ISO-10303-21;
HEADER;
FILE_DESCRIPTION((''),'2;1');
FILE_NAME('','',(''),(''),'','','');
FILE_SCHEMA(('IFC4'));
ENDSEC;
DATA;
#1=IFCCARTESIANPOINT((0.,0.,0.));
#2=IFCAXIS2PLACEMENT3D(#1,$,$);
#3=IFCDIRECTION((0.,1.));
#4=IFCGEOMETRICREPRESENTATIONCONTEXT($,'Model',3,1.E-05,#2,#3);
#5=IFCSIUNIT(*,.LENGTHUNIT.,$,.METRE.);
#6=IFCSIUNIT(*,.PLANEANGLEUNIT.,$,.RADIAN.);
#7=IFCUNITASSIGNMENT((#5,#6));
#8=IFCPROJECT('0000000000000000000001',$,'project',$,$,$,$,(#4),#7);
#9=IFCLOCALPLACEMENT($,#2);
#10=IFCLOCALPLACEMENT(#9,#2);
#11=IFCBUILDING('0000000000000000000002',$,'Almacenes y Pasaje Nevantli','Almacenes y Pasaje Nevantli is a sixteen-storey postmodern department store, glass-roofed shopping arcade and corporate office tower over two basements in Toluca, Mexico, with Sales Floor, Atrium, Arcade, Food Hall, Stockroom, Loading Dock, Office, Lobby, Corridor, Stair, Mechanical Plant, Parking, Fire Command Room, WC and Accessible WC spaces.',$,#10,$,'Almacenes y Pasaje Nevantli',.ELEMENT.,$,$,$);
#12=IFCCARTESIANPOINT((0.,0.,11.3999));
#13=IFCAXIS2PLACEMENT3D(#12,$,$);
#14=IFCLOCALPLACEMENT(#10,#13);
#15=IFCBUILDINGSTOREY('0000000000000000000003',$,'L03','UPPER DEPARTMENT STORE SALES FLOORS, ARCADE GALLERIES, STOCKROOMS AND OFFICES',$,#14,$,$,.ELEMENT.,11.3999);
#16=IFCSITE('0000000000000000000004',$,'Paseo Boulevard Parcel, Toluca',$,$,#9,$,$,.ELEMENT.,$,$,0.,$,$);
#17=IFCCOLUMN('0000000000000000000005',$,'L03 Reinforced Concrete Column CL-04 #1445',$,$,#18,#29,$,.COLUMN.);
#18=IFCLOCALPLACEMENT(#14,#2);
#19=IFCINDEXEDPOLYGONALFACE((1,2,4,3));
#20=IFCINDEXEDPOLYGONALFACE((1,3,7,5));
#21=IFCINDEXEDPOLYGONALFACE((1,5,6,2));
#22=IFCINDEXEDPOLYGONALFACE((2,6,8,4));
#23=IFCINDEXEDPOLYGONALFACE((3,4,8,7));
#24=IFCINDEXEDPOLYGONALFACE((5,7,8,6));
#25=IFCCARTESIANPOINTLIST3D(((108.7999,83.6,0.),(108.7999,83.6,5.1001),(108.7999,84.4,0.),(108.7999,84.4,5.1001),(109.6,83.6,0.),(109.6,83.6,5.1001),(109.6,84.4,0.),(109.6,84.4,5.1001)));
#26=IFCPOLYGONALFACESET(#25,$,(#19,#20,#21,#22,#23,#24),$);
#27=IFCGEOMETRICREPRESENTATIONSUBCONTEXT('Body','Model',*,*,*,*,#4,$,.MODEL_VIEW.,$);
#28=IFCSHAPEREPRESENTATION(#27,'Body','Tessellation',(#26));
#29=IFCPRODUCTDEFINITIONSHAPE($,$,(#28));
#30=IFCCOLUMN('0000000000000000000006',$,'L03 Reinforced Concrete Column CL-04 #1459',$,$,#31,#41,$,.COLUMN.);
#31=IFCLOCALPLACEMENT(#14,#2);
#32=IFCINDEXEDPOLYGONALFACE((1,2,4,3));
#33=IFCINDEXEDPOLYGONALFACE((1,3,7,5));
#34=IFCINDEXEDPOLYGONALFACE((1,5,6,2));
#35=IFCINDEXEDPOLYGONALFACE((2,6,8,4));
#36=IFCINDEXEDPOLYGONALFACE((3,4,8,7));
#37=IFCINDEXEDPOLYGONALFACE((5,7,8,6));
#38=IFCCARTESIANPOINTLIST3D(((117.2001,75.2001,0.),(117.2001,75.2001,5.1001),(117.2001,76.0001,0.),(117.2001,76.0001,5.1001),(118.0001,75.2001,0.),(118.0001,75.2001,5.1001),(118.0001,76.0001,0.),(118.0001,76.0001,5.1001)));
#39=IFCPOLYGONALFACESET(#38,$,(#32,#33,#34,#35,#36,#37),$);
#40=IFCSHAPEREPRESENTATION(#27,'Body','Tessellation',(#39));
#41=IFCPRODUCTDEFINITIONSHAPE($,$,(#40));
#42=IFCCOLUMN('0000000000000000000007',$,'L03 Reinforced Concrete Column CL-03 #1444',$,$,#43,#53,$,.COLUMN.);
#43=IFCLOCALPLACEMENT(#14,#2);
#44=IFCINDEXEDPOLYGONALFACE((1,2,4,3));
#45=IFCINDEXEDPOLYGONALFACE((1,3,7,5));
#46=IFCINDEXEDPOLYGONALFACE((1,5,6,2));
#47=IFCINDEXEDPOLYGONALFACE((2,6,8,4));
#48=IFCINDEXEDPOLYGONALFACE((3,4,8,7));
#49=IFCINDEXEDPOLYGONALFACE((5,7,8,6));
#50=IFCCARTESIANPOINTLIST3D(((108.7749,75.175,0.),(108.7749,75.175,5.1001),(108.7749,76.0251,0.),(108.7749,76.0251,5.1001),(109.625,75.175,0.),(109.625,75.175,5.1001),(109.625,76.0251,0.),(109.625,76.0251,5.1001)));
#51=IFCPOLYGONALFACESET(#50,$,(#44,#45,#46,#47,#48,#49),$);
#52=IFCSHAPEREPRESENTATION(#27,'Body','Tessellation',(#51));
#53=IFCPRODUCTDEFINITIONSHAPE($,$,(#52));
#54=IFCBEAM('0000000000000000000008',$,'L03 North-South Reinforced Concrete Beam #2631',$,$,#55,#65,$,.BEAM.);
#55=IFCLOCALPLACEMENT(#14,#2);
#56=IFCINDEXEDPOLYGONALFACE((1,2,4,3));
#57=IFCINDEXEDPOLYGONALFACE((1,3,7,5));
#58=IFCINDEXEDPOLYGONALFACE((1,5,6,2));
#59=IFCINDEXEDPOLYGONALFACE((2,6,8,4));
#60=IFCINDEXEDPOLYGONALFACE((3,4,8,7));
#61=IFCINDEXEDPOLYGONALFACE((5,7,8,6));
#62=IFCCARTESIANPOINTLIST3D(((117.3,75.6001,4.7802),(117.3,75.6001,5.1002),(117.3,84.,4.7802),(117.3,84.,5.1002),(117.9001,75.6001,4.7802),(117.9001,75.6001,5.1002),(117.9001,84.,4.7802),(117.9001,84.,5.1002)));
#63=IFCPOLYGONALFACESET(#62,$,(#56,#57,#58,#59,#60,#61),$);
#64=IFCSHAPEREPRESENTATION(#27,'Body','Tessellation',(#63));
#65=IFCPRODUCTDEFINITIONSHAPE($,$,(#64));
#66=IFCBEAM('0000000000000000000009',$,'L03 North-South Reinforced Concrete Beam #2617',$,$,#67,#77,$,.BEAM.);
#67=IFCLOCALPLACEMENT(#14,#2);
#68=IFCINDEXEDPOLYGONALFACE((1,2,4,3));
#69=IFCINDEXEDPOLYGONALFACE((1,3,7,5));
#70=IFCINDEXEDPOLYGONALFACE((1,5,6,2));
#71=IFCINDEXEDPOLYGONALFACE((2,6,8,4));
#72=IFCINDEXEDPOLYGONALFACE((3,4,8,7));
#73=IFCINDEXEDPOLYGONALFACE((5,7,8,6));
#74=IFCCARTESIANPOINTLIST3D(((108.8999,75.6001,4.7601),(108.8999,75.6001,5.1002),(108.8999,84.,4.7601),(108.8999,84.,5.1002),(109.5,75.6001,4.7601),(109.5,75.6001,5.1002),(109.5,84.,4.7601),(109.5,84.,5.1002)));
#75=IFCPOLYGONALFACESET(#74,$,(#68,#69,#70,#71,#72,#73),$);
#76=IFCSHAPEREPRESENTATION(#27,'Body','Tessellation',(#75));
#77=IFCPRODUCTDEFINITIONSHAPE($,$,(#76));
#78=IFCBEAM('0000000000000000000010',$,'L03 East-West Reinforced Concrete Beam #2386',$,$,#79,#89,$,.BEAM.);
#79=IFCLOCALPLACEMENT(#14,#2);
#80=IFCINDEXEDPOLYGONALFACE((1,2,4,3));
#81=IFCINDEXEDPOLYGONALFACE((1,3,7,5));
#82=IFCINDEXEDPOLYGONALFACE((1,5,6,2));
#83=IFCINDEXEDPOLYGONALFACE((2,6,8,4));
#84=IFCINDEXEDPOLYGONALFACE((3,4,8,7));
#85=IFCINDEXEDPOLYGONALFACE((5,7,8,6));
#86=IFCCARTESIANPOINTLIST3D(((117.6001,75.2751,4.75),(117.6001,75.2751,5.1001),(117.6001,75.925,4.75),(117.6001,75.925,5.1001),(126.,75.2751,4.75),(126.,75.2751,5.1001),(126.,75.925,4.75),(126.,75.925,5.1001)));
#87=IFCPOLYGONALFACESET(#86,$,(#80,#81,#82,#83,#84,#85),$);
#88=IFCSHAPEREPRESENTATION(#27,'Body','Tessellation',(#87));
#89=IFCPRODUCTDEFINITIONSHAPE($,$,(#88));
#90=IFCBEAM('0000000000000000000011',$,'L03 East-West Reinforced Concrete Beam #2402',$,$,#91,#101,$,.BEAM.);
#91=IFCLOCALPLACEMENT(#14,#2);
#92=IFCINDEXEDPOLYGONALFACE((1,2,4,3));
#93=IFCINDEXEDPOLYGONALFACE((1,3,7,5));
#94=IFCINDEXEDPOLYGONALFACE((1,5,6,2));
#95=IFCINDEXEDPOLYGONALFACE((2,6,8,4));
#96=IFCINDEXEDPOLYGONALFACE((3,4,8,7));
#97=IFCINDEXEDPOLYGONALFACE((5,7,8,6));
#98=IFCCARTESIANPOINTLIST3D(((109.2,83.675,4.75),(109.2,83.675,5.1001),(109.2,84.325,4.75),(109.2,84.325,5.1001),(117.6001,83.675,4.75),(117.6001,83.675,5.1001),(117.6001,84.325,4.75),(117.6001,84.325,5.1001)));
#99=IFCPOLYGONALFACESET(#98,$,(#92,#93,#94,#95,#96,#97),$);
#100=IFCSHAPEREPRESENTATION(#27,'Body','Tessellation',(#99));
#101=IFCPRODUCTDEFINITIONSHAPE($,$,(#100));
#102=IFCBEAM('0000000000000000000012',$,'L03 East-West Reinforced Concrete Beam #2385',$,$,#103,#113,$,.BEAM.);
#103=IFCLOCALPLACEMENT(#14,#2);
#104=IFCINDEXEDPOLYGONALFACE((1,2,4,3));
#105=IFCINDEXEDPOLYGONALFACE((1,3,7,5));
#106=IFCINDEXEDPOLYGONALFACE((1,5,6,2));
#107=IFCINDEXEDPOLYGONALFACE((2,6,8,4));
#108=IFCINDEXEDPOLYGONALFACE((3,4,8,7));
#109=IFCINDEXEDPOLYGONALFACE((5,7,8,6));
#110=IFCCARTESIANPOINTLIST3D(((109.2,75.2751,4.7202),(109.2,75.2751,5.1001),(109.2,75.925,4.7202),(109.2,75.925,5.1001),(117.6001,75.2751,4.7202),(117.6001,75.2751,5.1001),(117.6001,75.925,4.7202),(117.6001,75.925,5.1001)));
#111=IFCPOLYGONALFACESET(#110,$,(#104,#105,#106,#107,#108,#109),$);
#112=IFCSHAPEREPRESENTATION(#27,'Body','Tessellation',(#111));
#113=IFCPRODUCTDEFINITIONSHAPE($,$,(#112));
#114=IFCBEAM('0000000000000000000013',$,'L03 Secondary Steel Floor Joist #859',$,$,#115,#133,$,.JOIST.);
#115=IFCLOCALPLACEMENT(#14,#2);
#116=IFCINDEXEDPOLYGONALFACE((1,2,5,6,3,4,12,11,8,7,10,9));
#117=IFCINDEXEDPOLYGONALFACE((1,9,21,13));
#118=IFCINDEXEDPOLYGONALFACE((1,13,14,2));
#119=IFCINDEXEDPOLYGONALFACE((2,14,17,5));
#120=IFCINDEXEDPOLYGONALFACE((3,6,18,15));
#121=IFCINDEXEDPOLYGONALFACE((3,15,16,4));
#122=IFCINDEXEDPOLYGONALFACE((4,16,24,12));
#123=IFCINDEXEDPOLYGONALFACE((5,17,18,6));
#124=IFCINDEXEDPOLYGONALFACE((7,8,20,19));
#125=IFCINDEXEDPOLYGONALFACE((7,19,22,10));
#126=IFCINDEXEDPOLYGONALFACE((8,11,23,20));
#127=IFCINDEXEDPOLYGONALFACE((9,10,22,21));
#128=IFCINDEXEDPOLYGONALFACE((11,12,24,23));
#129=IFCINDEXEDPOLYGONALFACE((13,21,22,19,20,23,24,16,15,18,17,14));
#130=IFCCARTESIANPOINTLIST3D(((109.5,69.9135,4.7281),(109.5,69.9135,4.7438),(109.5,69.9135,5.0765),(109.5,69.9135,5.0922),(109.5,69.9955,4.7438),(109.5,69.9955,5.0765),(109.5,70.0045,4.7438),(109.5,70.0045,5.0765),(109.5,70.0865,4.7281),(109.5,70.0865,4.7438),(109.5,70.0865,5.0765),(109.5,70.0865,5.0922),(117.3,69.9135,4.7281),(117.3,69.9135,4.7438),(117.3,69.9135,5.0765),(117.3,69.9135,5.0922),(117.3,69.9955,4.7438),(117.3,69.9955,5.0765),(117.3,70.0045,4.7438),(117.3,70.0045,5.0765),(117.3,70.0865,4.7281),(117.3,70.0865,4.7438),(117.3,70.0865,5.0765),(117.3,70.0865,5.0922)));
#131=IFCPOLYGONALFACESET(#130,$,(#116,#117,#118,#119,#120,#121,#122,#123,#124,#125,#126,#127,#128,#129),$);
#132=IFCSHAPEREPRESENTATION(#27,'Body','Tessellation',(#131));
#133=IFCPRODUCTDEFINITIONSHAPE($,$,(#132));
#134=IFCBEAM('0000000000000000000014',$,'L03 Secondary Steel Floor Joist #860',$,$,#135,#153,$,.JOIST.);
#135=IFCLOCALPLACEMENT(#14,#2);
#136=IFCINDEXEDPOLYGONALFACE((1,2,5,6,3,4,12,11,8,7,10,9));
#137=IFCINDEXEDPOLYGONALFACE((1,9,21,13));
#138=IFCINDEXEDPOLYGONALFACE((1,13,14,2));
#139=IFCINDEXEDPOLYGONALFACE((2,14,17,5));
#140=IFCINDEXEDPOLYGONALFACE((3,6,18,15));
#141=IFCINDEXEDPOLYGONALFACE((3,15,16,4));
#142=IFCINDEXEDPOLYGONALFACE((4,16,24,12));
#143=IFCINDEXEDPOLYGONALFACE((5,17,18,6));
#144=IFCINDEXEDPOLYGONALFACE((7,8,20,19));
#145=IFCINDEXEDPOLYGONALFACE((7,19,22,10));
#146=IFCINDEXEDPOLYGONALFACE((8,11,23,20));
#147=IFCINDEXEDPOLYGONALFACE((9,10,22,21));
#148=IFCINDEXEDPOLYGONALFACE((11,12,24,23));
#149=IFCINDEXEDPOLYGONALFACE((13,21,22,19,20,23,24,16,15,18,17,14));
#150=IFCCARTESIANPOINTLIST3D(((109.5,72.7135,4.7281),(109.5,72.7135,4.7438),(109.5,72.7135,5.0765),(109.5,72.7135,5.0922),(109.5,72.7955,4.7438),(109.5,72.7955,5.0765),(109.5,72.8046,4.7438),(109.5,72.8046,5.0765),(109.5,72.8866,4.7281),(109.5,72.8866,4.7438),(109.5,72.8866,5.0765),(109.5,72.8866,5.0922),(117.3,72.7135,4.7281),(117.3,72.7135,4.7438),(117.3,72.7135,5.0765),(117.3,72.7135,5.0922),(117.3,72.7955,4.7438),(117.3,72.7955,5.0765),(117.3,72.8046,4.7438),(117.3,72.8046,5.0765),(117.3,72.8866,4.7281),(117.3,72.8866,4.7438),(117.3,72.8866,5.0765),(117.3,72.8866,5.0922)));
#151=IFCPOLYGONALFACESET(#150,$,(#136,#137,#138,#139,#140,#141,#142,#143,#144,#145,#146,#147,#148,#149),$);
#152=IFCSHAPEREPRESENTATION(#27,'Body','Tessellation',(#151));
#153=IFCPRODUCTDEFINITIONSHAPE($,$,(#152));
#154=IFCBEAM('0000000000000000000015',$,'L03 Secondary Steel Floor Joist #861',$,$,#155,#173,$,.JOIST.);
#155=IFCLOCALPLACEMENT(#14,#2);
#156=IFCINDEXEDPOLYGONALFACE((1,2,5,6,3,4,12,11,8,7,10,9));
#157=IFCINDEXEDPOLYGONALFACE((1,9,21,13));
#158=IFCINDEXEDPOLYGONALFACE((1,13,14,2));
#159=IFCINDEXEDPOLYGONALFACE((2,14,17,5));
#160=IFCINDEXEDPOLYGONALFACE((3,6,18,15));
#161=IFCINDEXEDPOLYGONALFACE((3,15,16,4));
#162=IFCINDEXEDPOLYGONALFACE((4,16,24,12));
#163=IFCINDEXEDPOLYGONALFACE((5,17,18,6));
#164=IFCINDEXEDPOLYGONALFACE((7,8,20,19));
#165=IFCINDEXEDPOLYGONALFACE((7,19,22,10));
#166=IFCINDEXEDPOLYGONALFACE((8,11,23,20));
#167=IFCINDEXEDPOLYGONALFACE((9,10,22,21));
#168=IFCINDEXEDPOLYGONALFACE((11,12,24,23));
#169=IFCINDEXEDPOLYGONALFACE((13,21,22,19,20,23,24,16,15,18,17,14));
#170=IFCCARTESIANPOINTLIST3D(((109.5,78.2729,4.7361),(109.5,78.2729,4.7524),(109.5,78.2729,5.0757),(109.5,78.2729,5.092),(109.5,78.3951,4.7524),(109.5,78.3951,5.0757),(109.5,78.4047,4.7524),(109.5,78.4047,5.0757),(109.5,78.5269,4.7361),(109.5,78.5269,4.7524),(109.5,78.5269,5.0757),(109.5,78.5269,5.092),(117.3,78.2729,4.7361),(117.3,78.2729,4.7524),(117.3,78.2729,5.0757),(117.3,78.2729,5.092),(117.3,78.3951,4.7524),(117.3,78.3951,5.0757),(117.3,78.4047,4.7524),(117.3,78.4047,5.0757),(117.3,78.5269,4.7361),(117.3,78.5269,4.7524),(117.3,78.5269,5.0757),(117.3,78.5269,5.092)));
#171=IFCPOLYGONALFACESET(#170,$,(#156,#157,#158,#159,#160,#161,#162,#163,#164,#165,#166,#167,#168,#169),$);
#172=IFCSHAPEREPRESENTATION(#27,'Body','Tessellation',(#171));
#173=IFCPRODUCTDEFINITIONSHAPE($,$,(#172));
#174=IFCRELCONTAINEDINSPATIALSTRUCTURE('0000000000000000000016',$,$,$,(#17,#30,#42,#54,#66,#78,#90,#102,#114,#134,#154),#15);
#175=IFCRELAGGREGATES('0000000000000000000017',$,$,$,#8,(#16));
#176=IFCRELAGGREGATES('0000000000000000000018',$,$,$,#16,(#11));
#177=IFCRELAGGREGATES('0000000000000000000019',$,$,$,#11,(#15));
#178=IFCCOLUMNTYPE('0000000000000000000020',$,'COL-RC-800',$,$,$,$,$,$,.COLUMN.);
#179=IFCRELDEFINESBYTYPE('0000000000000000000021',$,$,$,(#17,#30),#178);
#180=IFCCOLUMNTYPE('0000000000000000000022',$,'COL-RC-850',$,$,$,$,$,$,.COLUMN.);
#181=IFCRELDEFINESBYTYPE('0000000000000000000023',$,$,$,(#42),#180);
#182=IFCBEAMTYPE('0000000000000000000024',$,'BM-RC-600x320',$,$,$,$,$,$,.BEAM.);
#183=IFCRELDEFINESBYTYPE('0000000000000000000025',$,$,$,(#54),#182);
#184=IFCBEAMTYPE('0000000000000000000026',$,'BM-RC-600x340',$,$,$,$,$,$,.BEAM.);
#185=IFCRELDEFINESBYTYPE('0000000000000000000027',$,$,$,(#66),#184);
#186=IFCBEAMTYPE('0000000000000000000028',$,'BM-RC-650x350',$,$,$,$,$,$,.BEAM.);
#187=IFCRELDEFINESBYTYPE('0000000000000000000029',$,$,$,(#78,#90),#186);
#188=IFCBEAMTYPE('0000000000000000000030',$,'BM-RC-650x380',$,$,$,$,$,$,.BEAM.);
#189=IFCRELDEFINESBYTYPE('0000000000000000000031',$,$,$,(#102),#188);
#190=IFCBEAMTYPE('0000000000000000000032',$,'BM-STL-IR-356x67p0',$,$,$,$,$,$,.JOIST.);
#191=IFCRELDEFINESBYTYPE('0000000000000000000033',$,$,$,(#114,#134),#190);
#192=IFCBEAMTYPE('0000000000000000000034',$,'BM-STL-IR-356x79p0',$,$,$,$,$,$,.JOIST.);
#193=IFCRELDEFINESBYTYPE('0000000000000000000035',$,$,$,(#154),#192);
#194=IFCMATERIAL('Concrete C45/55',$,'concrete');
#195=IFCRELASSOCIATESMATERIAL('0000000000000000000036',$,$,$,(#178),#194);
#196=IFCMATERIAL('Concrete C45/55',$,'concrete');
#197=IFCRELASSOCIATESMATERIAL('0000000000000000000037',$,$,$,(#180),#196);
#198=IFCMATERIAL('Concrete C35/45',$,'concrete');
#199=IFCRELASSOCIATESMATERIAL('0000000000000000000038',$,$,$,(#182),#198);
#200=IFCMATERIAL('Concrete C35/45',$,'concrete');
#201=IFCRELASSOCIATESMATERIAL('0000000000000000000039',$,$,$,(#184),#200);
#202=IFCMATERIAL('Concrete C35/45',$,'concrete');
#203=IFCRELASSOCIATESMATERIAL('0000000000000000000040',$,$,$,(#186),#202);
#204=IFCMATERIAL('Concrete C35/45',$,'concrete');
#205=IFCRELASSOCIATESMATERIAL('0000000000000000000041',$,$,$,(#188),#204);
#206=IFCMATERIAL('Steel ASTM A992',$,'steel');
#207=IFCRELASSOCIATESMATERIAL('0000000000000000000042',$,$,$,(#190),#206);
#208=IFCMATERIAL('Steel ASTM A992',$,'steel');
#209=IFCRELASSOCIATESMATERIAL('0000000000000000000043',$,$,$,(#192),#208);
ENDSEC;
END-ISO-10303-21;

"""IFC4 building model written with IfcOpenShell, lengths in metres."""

from ifc_helpers import new_model, si_unit, direction, frame, origin, origin_2d, place, context, subcontext, project, spatial, rectangle, i_section, extrude, material, material_profile, profile_set, type_object, element, save


model = new_model("IFC4")

# Units and contexts
model_context = context("Model", 3, precision=1e-05, world=origin(), true_north=direction((0.0, 1.0)))
body_context = subcontext(model_context, "Body", "Model", "MODEL_VIEW")
ifc_project = project(units=[si_unit("LENGTHUNIT", "METRE"), si_unit("PLANEANGLEUNIT", "RADIAN")], contexts=[model_context])

# Site, building, storey
site_placement = place(None, origin())
site = spatial("IfcSite", under=ifc_project, at=site_placement, Name="Paseo Boulevard Parcel, Toluca", CompositionType="ELEMENT", RefElevation=0.0)
building_placement = place(site_placement, origin())
building = spatial("IfcBuilding", under=site, at=building_placement, Name="Almacenes y Pasaje Nevantli", Description="Almacenes y Pasaje Nevantli is a sixteen-storey postmodern department store, glass-roofed shopping arcade and corporate office tower over two basements in Toluca, Mexico, with Sales Floor, Atrium, Arcade, Food Hall, Stockroom, Loading Dock, Office, Lobby, Corridor, Stair, Mechanical Plant, Parking, Fire Command Room, WC and Accessible WC spaces.", LongName="Almacenes y Pasaje Nevantli", CompositionType="ELEMENT")
storey_placement = place(building_placement, frame((0.0, 0.0, 11.3999)))
storey = spatial("IfcBuildingStorey", under=building, at=storey_placement, Name="L03", Description="UPPER DEPARTMENT STORE SALES FLOORS, ARCADE GALLERIES, STOCKROOMS AND OFFICES", CompositionType="ELEMENT", Elevation=11.3999)

# Columns
ifc_material_1 = material(Name="Concrete C45/55", Category="concrete")
ifc_material_profile_1 = material_profile(ifc_material_1, rectangle(XDim=0.8, YDim=0.8, at=origin_2d()), Name="RC-COL-800x800")
ifc_profile_set_1 = profile_set([ifc_material_profile_1], Name="Concrete C45/55")
column_type_1 = type_object("IfcColumnType", Name="COL-RC-800", PredefinedType="COLUMN", material=ifc_profile_set_1)
for number, where, z_axis, x_axis, name in (
    (1, (109.2, 84.0, 0.0), (0.0, 0.0, 1.0), (1.0, 0.0, 0.0), "L03 Reinforced Concrete Column CL-04 #1445"),
    (2, (117.6001, 75.6001, 0.0), (0.0, 0.0, 1.0), (1.0, 0.0, 0.0), "L03 Reinforced Concrete Column CL-04 #1459"),
):
    element("IfcColumn", number, at=place(storey_placement, frame(where, z_axis=z_axis, x_axis=x_axis)), inside=storey, type_object=column_type_1, Name=name, PredefinedType="COLUMN", context=body_context, shape_type="SweptSolid", body=[
        extrude(rectangle(XDim=0.8, YDim=0.8, at=origin_2d()), origin(), (0.0, 0.0, 1.0), 5.1001),
    ])
ifc_material_2 = material(Name="Concrete C45/55", Category="concrete")
ifc_material_profile_2 = material_profile(ifc_material_2, rectangle(XDim=0.8501, YDim=0.8501, at=origin_2d()), Name="RC-COL-850x850")
ifc_profile_set_2 = profile_set([ifc_material_profile_2], Name="Concrete C45/55")
column_type_2 = type_object("IfcColumnType", Name="COL-RC-850", PredefinedType="COLUMN", material=ifc_profile_set_2)
column_placement = place(storey_placement, frame((109.2, 75.6001, 0.0), z_axis=(0.0, 0.0, 1.0), x_axis=(1.0, 0.0, 0.0)))
element("IfcColumn", 3, at=column_placement, inside=storey, type_object=column_type_2, Name="L03 Reinforced Concrete Column CL-03 #1444", PredefinedType="COLUMN", context=body_context, shape_type="SweptSolid", body=[
    extrude(rectangle(XDim=0.8501, YDim=0.8501, at=origin_2d()), origin(), (0.0, 0.0, 1.0), 5.1001),
])

# Beams
ifc_material_3 = material(Name="Concrete C35/45", Category="concrete")
ifc_material_profile_3 = material_profile(ifc_material_3, rectangle(XDim=0.6001, YDim=0.3201, at=origin_2d()), Name="RC-BM-600x320")
ifc_profile_set_3 = profile_set([ifc_material_profile_3], Name="Concrete C35/45")
beam_type_1 = type_object("IfcBeamType", Name="BM-RC-600x320", PredefinedType="BEAM", material=ifc_profile_set_3)
beam_1_placement = place(storey_placement, frame((117.6001, 75.6001, 4.9402), z_axis=(0.0, 1.0, 0.0), x_axis=(-1.0, 0.0, 0.0)))
element("IfcBeam", 4, at=beam_1_placement, inside=storey, type_object=beam_type_1, Name="L03 North-South Reinforced Concrete Beam #2631", PredefinedType="BEAM", context=body_context, shape_type="SweptSolid", body=[
    extrude(rectangle(XDim=0.6001, YDim=0.3201, at=origin_2d()), origin(), (0.0, 0.0, 1.0), 8.3999),
])
ifc_material_4 = material(Name="Concrete C35/45", Category="concrete")
ifc_material_profile_4 = material_profile(ifc_material_4, rectangle(XDim=0.6001, YDim=0.3401, at=origin_2d()), Name="RC-BM-600x340")
ifc_profile_set_4 = profile_set([ifc_material_profile_4], Name="Concrete C35/45")
beam_type_2 = type_object("IfcBeamType", Name="BM-RC-600x340", PredefinedType="BEAM", material=ifc_profile_set_4)
beam_2_placement = place(storey_placement, frame((109.2, 75.6001, 4.9302), z_axis=(0.0, 1.0, 0.0), x_axis=(-1.0, 0.0, 0.0)))
element("IfcBeam", 5, at=beam_2_placement, inside=storey, type_object=beam_type_2, Name="L03 North-South Reinforced Concrete Beam #2617", PredefinedType="BEAM", context=body_context, shape_type="SweptSolid", body=[
    extrude(rectangle(XDim=0.6001, YDim=0.3401, at=origin_2d()), origin(), (0.0, 0.0, 1.0), 8.3999),
])
ifc_material_5 = material(Name="Concrete C35/45", Category="concrete")
ifc_material_profile_5 = material_profile(ifc_material_5, rectangle(XDim=0.6499, YDim=0.3501, at=origin_2d()), Name="RC-BM-650x350")
ifc_profile_set_5 = profile_set([ifc_material_profile_5], Name="Concrete C35/45")
beam_type_3 = type_object("IfcBeamType", Name="BM-RC-650x350", PredefinedType="BEAM", material=ifc_profile_set_5)
beam_3_placement = place(storey_placement, frame((117.6001, 75.6001, 4.925), z_axis=(1.0, 0.0, 0.0), x_axis=(0.0, 1.0, 0.0)))
element("IfcBeam", 6, at=beam_3_placement, inside=storey, type_object=beam_type_3, Name="L03 East-West Reinforced Concrete Beam #2386", PredefinedType="BEAM", context=body_context, shape_type="SweptSolid", body=[
    extrude(rectangle(XDim=0.6499, YDim=0.3501, at=origin_2d()), origin(), (0.0, 0.0, 1.0), 8.3999),
])
beam_4_placement = place(storey_placement, frame((109.2, 84.0, 4.925), z_axis=(1.0, 0.0, 0.0), x_axis=(0.0, 1.0, 0.0)))
element("IfcBeam", 7, at=beam_4_placement, inside=storey, type_object=beam_type_3, Name="L03 East-West Reinforced Concrete Beam #2402", PredefinedType="BEAM", context=body_context, shape_type="SweptSolid", body=[
    extrude(rectangle(XDim=0.6499, YDim=0.3501, at=origin_2d()), origin(), (0.0, 0.0, 1.0), 8.4001),
])
ifc_material_6 = material(Name="Concrete C35/45", Category="concrete")
ifc_material_profile_6 = material_profile(ifc_material_6, rectangle(XDim=0.6499, YDim=0.3799, at=origin_2d()), Name="RC-BM-650x380")
ifc_profile_set_6 = profile_set([ifc_material_profile_6], Name="Concrete C35/45")
beam_type_4 = type_object("IfcBeamType", Name="BM-RC-650x380", PredefinedType="BEAM", material=ifc_profile_set_6)
beam_5_placement = place(storey_placement, frame((109.2, 75.6001, 4.9102), z_axis=(1.0, 0.0, 0.0), x_axis=(0.0, 1.0, 0.0)))
element("IfcBeam", 8, at=beam_5_placement, inside=storey, type_object=beam_type_4, Name="L03 East-West Reinforced Concrete Beam #2385", PredefinedType="BEAM", context=body_context, shape_type="SweptSolid", body=[
    extrude(rectangle(XDim=0.6499, YDim=0.3799, at=origin_2d()), origin(), (0.0, 0.0, 1.0), 8.4001),
])
ifc_material_7 = material(Name="Steel ASTM A992", Category="steel")
ifc_material_profile_7 = material_profile(ifc_material_7, i_section(OverallWidth=0.1731, OverallDepth=0.364, WebThickness=0.009, FlangeThickness=0.0156, at=origin_2d()), Name="IR 356x67.0")
ifc_profile_set_7 = profile_set([ifc_material_profile_7], Name="Steel ASTM A992")
beam_type_5 = type_object("IfcBeamType", Name="BM-STL-IR-356x67p0", PredefinedType="JOIST", material=ifc_profile_set_7)
for number, where, z_axis, x_axis, name in (
    (9, (109.5, 70.0, 4.9102), (1.0, 0.0, 0.0), (0.0, 1.0, 0.0), "L03 Secondary Steel Floor Joist #859"),
    (10, (109.5, 72.8, 4.9102), (1.0, 0.0, 0.0), (0.0, 1.0, 0.0), "L03 Secondary Steel Floor Joist #860"),
):
    element("IfcBeam", number, at=place(storey_placement, frame(where, z_axis=z_axis, x_axis=x_axis)), inside=storey, type_object=beam_type_5, Name=name, PredefinedType="JOIST", context=body_context, shape_type="SweptSolid", body=[
        extrude(i_section(OverallWidth=0.1731, OverallDepth=0.364, WebThickness=0.009, FlangeThickness=0.0156, at=origin_2d()), origin(), (0.0, 0.0, 1.0), 7.8),
    ])
ifc_material_8 = material(Name="Steel ASTM A992", Category="steel")
ifc_material_profile_8 = material_profile(ifc_material_8, i_section(OverallWidth=0.2539, OverallDepth=0.356, WebThickness=0.0095, FlangeThickness=0.0164, at=origin_2d()), Name="IR 356x79.0")
ifc_profile_set_8 = profile_set([ifc_material_profile_8], Name="Steel ASTM A992")
beam_type_6 = type_object("IfcBeamType", Name="BM-STL-IR-356x79p0", PredefinedType="JOIST", material=ifc_profile_set_8)
for number, where, z_axis, x_axis, name in (
    (11, (109.5, 78.3999, 4.9141), (1.0, 0.0, 0.0), (0.0, 1.0, 0.0), "L03 Secondary Steel Floor Joist #861"),
):
    element("IfcBeam", number, at=place(storey_placement, frame(where, z_axis=z_axis, x_axis=x_axis)), inside=storey, type_object=beam_type_6, Name=name, PredefinedType="JOIST", context=body_context, shape_type="SweptSolid", body=[
        extrude(i_section(OverallWidth=0.2539, OverallDepth=0.356, WebThickness=0.0095, FlangeThickness=0.0164, at=origin_2d()), origin(), (0.0, 0.0, 1.0), 7.8),
    ])

save(model, "model.ifc")
